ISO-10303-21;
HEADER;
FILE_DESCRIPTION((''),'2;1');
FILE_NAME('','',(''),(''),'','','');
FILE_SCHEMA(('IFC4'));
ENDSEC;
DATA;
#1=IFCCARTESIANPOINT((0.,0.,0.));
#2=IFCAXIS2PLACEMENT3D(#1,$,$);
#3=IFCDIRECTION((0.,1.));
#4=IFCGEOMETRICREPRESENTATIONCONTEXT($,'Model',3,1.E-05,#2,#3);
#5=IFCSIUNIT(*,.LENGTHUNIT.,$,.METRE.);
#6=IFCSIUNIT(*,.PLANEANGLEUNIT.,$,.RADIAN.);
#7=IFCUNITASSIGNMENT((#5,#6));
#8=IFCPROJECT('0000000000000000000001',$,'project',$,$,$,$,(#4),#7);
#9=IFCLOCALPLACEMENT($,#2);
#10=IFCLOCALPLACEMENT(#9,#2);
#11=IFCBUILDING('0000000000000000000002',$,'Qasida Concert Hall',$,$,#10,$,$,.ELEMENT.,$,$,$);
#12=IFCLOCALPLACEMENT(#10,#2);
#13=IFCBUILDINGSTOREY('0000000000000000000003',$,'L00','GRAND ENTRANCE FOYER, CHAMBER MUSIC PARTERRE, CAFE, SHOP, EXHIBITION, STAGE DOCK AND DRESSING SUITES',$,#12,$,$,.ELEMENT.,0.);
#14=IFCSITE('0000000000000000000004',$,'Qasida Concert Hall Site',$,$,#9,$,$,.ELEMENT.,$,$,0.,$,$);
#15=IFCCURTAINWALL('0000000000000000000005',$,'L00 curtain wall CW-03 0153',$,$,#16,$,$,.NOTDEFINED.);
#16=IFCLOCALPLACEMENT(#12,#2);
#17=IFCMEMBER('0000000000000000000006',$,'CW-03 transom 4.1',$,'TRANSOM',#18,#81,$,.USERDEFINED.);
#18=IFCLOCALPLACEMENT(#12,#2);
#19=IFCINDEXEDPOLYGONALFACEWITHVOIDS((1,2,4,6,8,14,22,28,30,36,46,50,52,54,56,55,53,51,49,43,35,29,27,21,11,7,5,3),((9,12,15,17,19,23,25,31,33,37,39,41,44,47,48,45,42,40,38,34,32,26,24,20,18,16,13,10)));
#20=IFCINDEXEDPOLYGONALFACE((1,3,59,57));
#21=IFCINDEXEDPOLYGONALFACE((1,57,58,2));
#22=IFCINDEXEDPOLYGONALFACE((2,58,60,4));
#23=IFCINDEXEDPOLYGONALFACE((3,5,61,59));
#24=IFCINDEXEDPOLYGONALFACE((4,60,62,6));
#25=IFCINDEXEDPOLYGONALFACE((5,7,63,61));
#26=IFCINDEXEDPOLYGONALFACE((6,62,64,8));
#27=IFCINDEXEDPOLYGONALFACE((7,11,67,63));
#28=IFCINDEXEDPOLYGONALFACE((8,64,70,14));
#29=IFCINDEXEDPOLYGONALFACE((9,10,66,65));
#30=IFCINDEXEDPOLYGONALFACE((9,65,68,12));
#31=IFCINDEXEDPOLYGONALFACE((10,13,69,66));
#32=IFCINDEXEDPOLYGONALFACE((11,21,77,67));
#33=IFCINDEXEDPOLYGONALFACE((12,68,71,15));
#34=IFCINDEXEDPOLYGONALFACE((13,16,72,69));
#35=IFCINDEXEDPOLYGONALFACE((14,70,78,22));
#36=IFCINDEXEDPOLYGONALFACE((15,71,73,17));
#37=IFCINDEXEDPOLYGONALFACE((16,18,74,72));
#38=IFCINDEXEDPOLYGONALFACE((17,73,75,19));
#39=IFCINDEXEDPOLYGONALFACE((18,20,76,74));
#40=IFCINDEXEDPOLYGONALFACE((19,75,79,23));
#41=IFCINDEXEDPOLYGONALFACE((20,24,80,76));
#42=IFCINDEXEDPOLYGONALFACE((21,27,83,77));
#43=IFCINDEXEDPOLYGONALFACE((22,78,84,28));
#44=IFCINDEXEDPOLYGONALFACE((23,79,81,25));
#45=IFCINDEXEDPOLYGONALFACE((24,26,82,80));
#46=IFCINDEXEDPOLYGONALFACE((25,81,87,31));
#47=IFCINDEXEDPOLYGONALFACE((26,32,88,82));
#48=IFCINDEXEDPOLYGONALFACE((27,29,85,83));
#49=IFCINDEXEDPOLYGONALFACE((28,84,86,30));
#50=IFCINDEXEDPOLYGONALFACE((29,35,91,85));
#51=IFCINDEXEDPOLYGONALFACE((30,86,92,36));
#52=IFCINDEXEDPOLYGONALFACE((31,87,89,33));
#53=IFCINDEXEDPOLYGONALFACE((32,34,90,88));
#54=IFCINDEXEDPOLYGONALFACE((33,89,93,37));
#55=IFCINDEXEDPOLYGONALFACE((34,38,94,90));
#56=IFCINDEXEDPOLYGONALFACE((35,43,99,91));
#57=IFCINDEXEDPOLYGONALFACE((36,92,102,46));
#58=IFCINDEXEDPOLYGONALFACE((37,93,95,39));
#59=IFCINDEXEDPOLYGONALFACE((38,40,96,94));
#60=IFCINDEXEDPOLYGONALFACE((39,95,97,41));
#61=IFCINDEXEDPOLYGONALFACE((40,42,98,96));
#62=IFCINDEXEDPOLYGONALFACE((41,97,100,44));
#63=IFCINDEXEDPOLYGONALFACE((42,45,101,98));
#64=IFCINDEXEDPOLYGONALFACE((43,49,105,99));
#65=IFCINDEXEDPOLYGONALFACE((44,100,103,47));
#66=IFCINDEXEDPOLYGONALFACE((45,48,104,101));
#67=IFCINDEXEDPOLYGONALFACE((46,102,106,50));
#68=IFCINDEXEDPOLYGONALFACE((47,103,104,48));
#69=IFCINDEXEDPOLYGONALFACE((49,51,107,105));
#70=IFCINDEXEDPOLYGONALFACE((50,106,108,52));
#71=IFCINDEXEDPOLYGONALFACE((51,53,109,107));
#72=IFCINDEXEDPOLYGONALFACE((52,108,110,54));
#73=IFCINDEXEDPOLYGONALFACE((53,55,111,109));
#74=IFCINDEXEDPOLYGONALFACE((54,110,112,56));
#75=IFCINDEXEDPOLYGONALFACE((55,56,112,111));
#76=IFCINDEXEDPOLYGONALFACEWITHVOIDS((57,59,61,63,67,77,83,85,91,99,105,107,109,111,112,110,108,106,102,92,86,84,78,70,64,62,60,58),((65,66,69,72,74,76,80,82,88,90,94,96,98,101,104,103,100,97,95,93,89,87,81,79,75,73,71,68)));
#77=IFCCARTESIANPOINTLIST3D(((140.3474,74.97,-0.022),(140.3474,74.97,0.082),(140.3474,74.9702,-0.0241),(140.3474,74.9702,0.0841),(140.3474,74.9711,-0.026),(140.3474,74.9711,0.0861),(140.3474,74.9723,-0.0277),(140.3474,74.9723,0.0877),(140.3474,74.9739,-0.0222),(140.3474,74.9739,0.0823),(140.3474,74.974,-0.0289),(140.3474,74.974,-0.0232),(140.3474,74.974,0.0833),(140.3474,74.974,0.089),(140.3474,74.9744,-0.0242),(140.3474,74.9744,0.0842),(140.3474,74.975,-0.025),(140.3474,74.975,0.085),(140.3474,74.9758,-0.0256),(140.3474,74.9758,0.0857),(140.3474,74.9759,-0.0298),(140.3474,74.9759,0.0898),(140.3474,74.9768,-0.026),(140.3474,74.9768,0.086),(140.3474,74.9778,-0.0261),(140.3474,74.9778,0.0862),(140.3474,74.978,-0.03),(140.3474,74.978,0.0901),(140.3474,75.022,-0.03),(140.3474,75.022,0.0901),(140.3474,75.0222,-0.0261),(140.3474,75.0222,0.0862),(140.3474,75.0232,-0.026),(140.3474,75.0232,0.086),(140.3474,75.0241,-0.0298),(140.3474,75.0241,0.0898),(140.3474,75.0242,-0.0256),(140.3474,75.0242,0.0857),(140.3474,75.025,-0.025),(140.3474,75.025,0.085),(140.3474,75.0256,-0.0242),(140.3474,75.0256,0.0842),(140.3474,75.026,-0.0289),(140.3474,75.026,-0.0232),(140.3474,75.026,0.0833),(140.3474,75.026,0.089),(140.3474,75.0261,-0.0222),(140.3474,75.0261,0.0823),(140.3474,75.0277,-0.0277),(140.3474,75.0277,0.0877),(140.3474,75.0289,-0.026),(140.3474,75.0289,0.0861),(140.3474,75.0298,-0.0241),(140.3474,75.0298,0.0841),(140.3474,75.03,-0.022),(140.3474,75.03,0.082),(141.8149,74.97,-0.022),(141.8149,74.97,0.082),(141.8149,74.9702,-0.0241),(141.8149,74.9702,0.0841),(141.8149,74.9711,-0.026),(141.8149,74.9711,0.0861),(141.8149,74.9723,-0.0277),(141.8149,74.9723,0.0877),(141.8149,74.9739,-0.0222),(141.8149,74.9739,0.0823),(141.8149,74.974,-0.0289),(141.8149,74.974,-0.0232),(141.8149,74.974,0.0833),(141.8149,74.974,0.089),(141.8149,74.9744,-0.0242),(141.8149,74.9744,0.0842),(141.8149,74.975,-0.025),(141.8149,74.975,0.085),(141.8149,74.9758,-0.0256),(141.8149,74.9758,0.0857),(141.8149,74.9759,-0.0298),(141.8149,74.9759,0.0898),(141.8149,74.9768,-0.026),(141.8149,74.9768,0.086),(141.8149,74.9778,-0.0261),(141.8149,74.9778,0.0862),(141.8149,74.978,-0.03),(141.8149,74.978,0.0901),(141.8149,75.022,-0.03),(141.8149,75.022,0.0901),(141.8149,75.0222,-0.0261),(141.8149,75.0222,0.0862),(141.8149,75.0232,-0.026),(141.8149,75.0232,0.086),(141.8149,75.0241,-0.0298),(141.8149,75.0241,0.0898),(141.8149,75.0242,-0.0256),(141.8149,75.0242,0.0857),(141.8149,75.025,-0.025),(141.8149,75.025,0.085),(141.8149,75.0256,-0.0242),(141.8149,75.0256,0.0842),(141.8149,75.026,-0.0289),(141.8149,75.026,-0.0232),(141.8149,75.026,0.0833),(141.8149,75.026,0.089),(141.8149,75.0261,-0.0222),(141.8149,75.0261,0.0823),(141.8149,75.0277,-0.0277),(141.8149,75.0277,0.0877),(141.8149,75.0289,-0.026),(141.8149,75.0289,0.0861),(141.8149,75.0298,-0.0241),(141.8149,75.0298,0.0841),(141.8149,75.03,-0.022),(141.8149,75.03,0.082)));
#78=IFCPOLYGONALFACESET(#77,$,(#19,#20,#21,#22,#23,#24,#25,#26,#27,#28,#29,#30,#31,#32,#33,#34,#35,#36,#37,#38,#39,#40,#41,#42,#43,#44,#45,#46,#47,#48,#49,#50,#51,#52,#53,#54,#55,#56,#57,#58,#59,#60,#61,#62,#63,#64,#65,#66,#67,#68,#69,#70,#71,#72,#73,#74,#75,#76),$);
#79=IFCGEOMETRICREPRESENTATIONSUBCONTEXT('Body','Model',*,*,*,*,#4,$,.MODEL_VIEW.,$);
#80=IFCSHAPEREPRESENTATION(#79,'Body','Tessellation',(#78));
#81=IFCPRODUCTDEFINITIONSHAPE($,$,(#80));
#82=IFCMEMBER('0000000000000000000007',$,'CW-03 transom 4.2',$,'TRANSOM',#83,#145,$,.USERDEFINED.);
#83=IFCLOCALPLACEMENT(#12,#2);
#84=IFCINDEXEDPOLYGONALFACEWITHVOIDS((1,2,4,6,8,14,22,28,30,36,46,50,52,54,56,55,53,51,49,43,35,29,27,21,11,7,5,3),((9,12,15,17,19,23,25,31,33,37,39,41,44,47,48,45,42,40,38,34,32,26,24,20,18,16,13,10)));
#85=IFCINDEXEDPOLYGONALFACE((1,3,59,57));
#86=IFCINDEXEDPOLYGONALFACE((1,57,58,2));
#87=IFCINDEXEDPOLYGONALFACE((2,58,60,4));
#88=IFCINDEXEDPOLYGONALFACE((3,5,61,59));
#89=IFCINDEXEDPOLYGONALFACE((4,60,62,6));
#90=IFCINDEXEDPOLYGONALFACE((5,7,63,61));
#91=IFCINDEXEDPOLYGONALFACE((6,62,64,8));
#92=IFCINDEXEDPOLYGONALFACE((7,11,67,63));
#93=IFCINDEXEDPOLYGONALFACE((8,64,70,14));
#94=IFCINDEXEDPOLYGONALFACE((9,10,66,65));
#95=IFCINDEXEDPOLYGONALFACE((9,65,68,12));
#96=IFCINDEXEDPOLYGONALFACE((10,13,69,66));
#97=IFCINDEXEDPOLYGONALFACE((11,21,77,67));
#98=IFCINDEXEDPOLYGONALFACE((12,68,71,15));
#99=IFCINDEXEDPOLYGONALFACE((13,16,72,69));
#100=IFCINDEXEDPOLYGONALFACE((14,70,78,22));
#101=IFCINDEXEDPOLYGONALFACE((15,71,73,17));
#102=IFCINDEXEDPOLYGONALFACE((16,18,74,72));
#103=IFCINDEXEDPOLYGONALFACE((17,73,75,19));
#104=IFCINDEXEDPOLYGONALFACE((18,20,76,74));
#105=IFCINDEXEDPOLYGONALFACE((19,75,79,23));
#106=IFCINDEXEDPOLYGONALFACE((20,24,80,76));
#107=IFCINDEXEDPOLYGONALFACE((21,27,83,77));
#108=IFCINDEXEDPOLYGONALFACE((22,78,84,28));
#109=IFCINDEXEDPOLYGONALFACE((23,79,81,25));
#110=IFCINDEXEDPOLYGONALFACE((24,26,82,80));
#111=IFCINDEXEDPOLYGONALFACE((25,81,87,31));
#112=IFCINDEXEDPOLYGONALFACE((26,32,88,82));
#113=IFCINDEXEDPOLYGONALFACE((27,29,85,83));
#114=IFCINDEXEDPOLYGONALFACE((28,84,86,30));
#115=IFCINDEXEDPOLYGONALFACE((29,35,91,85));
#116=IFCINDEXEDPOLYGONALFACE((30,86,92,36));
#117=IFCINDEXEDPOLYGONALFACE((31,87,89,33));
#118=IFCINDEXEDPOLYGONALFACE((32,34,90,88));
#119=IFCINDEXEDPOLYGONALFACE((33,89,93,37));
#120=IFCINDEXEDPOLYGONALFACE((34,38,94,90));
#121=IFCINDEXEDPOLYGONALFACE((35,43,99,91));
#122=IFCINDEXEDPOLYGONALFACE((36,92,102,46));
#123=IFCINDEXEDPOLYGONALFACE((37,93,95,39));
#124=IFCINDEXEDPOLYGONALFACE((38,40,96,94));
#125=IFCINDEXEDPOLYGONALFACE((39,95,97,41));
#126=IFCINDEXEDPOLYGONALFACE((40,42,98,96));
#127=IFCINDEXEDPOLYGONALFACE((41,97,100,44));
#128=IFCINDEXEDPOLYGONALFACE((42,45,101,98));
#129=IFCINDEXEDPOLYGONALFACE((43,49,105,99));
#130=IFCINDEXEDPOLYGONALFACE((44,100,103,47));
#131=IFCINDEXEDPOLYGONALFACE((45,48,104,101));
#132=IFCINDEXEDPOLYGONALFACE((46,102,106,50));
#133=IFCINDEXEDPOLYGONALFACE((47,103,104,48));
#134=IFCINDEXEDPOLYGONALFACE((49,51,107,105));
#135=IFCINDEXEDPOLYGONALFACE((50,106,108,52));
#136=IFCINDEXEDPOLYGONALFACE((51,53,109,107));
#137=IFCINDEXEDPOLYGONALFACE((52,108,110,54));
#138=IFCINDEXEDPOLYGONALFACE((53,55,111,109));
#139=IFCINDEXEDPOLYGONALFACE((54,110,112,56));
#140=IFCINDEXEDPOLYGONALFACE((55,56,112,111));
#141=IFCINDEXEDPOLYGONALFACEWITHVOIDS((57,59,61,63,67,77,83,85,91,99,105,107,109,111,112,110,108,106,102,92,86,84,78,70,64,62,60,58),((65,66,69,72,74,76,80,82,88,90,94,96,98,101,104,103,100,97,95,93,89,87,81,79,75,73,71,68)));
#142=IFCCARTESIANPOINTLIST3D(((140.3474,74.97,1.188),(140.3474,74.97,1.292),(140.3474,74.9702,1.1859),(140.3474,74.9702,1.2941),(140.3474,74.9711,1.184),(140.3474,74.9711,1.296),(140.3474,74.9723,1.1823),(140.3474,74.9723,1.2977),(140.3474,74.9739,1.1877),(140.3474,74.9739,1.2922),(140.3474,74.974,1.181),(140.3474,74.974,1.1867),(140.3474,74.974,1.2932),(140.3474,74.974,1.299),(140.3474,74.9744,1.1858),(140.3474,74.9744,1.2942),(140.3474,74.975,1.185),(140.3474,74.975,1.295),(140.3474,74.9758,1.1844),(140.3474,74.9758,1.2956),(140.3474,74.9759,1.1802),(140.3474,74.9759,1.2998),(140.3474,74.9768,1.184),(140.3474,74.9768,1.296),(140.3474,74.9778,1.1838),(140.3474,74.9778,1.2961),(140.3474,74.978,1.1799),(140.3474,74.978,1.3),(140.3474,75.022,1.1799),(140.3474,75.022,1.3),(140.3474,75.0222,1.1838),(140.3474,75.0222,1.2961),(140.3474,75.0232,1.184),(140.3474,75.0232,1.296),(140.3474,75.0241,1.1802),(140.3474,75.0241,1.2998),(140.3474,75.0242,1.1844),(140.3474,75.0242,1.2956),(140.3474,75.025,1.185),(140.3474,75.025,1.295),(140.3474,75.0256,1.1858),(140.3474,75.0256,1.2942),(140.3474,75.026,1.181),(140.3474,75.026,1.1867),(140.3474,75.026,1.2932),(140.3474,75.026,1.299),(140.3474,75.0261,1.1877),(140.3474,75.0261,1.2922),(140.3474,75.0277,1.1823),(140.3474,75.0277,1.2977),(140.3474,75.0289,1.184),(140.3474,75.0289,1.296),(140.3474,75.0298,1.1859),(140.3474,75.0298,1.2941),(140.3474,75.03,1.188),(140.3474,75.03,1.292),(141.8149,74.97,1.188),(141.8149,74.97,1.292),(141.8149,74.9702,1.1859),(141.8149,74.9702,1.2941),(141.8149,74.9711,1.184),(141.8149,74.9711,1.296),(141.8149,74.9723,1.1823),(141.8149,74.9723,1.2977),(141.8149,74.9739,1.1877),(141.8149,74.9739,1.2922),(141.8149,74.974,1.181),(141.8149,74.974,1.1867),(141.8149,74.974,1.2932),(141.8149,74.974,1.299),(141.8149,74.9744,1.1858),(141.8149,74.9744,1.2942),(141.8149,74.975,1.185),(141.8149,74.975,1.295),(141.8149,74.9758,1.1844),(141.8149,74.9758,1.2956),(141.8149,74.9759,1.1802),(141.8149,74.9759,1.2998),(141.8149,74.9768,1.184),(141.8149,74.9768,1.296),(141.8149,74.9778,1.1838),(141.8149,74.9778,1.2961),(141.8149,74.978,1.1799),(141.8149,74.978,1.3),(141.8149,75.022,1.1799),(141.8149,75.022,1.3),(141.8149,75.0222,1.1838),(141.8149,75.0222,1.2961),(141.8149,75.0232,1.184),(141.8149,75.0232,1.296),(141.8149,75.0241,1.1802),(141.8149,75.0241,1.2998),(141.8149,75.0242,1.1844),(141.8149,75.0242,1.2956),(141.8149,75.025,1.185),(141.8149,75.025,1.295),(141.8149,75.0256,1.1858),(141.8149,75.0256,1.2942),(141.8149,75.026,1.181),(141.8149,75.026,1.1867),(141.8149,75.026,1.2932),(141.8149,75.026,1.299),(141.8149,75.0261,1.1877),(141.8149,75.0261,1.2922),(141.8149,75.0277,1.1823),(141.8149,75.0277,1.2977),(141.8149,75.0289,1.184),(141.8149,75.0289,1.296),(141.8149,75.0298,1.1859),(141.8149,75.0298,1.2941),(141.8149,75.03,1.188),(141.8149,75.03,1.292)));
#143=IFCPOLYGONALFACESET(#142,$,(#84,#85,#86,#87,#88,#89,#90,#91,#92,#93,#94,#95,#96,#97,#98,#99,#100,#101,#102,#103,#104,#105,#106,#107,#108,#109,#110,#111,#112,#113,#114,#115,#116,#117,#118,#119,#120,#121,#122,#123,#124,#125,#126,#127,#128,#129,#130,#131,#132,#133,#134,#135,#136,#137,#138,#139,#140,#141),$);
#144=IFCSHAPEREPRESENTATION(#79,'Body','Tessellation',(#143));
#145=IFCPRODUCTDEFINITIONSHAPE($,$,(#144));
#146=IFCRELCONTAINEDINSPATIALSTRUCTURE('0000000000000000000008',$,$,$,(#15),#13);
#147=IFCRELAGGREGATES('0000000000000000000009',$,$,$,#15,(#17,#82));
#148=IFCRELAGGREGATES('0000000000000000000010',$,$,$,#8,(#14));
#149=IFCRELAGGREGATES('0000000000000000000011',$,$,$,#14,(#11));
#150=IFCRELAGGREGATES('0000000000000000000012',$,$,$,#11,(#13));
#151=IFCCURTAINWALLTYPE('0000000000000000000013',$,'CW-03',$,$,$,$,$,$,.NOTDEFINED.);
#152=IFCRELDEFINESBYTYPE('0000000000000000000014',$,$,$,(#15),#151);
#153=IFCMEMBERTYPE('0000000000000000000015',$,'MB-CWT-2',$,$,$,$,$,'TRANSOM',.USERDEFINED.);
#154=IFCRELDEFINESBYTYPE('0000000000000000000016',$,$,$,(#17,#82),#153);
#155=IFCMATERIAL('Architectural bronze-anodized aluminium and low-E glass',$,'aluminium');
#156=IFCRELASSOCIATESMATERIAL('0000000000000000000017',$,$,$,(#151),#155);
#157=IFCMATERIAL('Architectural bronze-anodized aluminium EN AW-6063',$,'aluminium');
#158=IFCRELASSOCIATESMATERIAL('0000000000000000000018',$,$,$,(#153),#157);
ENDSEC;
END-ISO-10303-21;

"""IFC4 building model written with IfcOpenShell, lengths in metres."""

from ifc_helpers import new_model, si_unit, direction, frame, origin, origin_2d, place, context, subcontext, project, spatial, hollow_rectangle, extrude, material, material_profile, profile_set, type_object, element, aggregate, save


model = new_model("IFC4")

# Units and contexts
model_context = context("Model", 3, precision=1e-05, world=origin(), true_north=direction((0.0, 1.0)))
body_context = subcontext(model_context, "Body", "Model", "MODEL_VIEW")
ifc_project = project(units=[si_unit("LENGTHUNIT", "METRE"), si_unit("PLANEANGLEUNIT", "RADIAN")], contexts=[model_context])

# Site, building, storey
site_placement = place(None, origin())
site = spatial("IfcSite", under=ifc_project, at=site_placement, Name="Qasida Concert Hall Site", CompositionType="ELEMENT", RefElevation=0.0)
building_placement = place(site_placement, origin())
building = spatial("IfcBuilding", under=site, at=building_placement, Name="Qasida Concert Hall", CompositionType="ELEMENT")
storey_placement = place(building_placement, origin())
storey = spatial("IfcBuildingStorey", under=building, at=storey_placement, Name="L00", Description="GRAND ENTRANCE FOYER, CHAMBER MUSIC PARTERRE, CAFE, SHOP, EXHIBITION, STAGE DOCK AND DRESSING SUITES", CompositionType="ELEMENT", Elevation=0.0)

# Curtain wall
ifc_material_1 = material(Name="Architectural bronze-anodized aluminium and low-E glass", Category="aluminium")
curtain_wall_type = type_object("IfcCurtainWallType", Name="CW-03", PredefinedType="NOTDEFINED", material=ifc_material_1)
curtain_wall_1_placement = place(storey_placement, origin())
curtain_wall_1 = element("IfcCurtainWall", 1, at=curtain_wall_1_placement, inside=storey, type_object=curtain_wall_type, Name="L00 curtain wall CW-03 0153", PredefinedType="NOTDEFINED")
ifc_material_2 = material(Name="Architectural bronze-anodized aluminium EN AW-6063", Category="aluminium")

# Members
ifc_material_profile_1 = material_profile(ifc_material_2, hollow_rectangle(XDim=0.0601, YDim=0.1201, WallThickness=0.0039, InnerFilletRadius=0.0039, OuterFilletRadius=0.0081, at=origin_2d()), Name="CWT 120x60x4")
ifc_profile_set_1 = profile_set([ifc_material_profile_1], Name="Architectural bronze-anodized aluminium EN AW-6063")
member_type_1 = type_object("IfcMemberType", Name="MB-CWT-2", ElementType="TRANSOM", PredefinedType="USERDEFINED", material=ifc_profile_set_1)
member_1_placement = place(storey_placement, frame((140.3474, 75.0, 0.03), z_axis=(1.0, 0.0, 0.0), x_axis=(0.0, 1.0, 0.0)))
member_1 = element("IfcMember", 2, at=member_1_placement, type_object=member_type_1, Name="CW-03 transom 4.1", ObjectType="TRANSOM", PredefinedType="USERDEFINED", context=body_context, shape_type="SweptSolid", body=[
    extrude(hollow_rectangle(XDim=0.0601, YDim=0.1201, WallThickness=0.0039, InnerFilletRadius=0.0039, OuterFilletRadius=0.0081, at=origin_2d()), origin(), (0.0, 0.0, 1.0), 1.4675),
])
member_2_placement = place(storey_placement, frame((140.3474, 75.0, 1.24), z_axis=(1.0, 0.0, 0.0), x_axis=(0.0, 1.0, 0.0)))
member_2 = element("IfcMember", 3, at=member_2_placement, type_object=member_type_1, Name="CW-03 transom 4.2", ObjectType="TRANSOM", PredefinedType="USERDEFINED", context=body_context, shape_type="SweptSolid", body=[
    extrude(hollow_rectangle(XDim=0.0601, YDim=0.1201, WallThickness=0.0039, InnerFilletRadius=0.0039, OuterFilletRadius=0.0081, at=origin_2d()), origin(), (0.0, 0.0, 1.0), 1.4675),
])

aggregate(curtain_wall_1, [member_1, member_2])

save(model, "model.ifc")
